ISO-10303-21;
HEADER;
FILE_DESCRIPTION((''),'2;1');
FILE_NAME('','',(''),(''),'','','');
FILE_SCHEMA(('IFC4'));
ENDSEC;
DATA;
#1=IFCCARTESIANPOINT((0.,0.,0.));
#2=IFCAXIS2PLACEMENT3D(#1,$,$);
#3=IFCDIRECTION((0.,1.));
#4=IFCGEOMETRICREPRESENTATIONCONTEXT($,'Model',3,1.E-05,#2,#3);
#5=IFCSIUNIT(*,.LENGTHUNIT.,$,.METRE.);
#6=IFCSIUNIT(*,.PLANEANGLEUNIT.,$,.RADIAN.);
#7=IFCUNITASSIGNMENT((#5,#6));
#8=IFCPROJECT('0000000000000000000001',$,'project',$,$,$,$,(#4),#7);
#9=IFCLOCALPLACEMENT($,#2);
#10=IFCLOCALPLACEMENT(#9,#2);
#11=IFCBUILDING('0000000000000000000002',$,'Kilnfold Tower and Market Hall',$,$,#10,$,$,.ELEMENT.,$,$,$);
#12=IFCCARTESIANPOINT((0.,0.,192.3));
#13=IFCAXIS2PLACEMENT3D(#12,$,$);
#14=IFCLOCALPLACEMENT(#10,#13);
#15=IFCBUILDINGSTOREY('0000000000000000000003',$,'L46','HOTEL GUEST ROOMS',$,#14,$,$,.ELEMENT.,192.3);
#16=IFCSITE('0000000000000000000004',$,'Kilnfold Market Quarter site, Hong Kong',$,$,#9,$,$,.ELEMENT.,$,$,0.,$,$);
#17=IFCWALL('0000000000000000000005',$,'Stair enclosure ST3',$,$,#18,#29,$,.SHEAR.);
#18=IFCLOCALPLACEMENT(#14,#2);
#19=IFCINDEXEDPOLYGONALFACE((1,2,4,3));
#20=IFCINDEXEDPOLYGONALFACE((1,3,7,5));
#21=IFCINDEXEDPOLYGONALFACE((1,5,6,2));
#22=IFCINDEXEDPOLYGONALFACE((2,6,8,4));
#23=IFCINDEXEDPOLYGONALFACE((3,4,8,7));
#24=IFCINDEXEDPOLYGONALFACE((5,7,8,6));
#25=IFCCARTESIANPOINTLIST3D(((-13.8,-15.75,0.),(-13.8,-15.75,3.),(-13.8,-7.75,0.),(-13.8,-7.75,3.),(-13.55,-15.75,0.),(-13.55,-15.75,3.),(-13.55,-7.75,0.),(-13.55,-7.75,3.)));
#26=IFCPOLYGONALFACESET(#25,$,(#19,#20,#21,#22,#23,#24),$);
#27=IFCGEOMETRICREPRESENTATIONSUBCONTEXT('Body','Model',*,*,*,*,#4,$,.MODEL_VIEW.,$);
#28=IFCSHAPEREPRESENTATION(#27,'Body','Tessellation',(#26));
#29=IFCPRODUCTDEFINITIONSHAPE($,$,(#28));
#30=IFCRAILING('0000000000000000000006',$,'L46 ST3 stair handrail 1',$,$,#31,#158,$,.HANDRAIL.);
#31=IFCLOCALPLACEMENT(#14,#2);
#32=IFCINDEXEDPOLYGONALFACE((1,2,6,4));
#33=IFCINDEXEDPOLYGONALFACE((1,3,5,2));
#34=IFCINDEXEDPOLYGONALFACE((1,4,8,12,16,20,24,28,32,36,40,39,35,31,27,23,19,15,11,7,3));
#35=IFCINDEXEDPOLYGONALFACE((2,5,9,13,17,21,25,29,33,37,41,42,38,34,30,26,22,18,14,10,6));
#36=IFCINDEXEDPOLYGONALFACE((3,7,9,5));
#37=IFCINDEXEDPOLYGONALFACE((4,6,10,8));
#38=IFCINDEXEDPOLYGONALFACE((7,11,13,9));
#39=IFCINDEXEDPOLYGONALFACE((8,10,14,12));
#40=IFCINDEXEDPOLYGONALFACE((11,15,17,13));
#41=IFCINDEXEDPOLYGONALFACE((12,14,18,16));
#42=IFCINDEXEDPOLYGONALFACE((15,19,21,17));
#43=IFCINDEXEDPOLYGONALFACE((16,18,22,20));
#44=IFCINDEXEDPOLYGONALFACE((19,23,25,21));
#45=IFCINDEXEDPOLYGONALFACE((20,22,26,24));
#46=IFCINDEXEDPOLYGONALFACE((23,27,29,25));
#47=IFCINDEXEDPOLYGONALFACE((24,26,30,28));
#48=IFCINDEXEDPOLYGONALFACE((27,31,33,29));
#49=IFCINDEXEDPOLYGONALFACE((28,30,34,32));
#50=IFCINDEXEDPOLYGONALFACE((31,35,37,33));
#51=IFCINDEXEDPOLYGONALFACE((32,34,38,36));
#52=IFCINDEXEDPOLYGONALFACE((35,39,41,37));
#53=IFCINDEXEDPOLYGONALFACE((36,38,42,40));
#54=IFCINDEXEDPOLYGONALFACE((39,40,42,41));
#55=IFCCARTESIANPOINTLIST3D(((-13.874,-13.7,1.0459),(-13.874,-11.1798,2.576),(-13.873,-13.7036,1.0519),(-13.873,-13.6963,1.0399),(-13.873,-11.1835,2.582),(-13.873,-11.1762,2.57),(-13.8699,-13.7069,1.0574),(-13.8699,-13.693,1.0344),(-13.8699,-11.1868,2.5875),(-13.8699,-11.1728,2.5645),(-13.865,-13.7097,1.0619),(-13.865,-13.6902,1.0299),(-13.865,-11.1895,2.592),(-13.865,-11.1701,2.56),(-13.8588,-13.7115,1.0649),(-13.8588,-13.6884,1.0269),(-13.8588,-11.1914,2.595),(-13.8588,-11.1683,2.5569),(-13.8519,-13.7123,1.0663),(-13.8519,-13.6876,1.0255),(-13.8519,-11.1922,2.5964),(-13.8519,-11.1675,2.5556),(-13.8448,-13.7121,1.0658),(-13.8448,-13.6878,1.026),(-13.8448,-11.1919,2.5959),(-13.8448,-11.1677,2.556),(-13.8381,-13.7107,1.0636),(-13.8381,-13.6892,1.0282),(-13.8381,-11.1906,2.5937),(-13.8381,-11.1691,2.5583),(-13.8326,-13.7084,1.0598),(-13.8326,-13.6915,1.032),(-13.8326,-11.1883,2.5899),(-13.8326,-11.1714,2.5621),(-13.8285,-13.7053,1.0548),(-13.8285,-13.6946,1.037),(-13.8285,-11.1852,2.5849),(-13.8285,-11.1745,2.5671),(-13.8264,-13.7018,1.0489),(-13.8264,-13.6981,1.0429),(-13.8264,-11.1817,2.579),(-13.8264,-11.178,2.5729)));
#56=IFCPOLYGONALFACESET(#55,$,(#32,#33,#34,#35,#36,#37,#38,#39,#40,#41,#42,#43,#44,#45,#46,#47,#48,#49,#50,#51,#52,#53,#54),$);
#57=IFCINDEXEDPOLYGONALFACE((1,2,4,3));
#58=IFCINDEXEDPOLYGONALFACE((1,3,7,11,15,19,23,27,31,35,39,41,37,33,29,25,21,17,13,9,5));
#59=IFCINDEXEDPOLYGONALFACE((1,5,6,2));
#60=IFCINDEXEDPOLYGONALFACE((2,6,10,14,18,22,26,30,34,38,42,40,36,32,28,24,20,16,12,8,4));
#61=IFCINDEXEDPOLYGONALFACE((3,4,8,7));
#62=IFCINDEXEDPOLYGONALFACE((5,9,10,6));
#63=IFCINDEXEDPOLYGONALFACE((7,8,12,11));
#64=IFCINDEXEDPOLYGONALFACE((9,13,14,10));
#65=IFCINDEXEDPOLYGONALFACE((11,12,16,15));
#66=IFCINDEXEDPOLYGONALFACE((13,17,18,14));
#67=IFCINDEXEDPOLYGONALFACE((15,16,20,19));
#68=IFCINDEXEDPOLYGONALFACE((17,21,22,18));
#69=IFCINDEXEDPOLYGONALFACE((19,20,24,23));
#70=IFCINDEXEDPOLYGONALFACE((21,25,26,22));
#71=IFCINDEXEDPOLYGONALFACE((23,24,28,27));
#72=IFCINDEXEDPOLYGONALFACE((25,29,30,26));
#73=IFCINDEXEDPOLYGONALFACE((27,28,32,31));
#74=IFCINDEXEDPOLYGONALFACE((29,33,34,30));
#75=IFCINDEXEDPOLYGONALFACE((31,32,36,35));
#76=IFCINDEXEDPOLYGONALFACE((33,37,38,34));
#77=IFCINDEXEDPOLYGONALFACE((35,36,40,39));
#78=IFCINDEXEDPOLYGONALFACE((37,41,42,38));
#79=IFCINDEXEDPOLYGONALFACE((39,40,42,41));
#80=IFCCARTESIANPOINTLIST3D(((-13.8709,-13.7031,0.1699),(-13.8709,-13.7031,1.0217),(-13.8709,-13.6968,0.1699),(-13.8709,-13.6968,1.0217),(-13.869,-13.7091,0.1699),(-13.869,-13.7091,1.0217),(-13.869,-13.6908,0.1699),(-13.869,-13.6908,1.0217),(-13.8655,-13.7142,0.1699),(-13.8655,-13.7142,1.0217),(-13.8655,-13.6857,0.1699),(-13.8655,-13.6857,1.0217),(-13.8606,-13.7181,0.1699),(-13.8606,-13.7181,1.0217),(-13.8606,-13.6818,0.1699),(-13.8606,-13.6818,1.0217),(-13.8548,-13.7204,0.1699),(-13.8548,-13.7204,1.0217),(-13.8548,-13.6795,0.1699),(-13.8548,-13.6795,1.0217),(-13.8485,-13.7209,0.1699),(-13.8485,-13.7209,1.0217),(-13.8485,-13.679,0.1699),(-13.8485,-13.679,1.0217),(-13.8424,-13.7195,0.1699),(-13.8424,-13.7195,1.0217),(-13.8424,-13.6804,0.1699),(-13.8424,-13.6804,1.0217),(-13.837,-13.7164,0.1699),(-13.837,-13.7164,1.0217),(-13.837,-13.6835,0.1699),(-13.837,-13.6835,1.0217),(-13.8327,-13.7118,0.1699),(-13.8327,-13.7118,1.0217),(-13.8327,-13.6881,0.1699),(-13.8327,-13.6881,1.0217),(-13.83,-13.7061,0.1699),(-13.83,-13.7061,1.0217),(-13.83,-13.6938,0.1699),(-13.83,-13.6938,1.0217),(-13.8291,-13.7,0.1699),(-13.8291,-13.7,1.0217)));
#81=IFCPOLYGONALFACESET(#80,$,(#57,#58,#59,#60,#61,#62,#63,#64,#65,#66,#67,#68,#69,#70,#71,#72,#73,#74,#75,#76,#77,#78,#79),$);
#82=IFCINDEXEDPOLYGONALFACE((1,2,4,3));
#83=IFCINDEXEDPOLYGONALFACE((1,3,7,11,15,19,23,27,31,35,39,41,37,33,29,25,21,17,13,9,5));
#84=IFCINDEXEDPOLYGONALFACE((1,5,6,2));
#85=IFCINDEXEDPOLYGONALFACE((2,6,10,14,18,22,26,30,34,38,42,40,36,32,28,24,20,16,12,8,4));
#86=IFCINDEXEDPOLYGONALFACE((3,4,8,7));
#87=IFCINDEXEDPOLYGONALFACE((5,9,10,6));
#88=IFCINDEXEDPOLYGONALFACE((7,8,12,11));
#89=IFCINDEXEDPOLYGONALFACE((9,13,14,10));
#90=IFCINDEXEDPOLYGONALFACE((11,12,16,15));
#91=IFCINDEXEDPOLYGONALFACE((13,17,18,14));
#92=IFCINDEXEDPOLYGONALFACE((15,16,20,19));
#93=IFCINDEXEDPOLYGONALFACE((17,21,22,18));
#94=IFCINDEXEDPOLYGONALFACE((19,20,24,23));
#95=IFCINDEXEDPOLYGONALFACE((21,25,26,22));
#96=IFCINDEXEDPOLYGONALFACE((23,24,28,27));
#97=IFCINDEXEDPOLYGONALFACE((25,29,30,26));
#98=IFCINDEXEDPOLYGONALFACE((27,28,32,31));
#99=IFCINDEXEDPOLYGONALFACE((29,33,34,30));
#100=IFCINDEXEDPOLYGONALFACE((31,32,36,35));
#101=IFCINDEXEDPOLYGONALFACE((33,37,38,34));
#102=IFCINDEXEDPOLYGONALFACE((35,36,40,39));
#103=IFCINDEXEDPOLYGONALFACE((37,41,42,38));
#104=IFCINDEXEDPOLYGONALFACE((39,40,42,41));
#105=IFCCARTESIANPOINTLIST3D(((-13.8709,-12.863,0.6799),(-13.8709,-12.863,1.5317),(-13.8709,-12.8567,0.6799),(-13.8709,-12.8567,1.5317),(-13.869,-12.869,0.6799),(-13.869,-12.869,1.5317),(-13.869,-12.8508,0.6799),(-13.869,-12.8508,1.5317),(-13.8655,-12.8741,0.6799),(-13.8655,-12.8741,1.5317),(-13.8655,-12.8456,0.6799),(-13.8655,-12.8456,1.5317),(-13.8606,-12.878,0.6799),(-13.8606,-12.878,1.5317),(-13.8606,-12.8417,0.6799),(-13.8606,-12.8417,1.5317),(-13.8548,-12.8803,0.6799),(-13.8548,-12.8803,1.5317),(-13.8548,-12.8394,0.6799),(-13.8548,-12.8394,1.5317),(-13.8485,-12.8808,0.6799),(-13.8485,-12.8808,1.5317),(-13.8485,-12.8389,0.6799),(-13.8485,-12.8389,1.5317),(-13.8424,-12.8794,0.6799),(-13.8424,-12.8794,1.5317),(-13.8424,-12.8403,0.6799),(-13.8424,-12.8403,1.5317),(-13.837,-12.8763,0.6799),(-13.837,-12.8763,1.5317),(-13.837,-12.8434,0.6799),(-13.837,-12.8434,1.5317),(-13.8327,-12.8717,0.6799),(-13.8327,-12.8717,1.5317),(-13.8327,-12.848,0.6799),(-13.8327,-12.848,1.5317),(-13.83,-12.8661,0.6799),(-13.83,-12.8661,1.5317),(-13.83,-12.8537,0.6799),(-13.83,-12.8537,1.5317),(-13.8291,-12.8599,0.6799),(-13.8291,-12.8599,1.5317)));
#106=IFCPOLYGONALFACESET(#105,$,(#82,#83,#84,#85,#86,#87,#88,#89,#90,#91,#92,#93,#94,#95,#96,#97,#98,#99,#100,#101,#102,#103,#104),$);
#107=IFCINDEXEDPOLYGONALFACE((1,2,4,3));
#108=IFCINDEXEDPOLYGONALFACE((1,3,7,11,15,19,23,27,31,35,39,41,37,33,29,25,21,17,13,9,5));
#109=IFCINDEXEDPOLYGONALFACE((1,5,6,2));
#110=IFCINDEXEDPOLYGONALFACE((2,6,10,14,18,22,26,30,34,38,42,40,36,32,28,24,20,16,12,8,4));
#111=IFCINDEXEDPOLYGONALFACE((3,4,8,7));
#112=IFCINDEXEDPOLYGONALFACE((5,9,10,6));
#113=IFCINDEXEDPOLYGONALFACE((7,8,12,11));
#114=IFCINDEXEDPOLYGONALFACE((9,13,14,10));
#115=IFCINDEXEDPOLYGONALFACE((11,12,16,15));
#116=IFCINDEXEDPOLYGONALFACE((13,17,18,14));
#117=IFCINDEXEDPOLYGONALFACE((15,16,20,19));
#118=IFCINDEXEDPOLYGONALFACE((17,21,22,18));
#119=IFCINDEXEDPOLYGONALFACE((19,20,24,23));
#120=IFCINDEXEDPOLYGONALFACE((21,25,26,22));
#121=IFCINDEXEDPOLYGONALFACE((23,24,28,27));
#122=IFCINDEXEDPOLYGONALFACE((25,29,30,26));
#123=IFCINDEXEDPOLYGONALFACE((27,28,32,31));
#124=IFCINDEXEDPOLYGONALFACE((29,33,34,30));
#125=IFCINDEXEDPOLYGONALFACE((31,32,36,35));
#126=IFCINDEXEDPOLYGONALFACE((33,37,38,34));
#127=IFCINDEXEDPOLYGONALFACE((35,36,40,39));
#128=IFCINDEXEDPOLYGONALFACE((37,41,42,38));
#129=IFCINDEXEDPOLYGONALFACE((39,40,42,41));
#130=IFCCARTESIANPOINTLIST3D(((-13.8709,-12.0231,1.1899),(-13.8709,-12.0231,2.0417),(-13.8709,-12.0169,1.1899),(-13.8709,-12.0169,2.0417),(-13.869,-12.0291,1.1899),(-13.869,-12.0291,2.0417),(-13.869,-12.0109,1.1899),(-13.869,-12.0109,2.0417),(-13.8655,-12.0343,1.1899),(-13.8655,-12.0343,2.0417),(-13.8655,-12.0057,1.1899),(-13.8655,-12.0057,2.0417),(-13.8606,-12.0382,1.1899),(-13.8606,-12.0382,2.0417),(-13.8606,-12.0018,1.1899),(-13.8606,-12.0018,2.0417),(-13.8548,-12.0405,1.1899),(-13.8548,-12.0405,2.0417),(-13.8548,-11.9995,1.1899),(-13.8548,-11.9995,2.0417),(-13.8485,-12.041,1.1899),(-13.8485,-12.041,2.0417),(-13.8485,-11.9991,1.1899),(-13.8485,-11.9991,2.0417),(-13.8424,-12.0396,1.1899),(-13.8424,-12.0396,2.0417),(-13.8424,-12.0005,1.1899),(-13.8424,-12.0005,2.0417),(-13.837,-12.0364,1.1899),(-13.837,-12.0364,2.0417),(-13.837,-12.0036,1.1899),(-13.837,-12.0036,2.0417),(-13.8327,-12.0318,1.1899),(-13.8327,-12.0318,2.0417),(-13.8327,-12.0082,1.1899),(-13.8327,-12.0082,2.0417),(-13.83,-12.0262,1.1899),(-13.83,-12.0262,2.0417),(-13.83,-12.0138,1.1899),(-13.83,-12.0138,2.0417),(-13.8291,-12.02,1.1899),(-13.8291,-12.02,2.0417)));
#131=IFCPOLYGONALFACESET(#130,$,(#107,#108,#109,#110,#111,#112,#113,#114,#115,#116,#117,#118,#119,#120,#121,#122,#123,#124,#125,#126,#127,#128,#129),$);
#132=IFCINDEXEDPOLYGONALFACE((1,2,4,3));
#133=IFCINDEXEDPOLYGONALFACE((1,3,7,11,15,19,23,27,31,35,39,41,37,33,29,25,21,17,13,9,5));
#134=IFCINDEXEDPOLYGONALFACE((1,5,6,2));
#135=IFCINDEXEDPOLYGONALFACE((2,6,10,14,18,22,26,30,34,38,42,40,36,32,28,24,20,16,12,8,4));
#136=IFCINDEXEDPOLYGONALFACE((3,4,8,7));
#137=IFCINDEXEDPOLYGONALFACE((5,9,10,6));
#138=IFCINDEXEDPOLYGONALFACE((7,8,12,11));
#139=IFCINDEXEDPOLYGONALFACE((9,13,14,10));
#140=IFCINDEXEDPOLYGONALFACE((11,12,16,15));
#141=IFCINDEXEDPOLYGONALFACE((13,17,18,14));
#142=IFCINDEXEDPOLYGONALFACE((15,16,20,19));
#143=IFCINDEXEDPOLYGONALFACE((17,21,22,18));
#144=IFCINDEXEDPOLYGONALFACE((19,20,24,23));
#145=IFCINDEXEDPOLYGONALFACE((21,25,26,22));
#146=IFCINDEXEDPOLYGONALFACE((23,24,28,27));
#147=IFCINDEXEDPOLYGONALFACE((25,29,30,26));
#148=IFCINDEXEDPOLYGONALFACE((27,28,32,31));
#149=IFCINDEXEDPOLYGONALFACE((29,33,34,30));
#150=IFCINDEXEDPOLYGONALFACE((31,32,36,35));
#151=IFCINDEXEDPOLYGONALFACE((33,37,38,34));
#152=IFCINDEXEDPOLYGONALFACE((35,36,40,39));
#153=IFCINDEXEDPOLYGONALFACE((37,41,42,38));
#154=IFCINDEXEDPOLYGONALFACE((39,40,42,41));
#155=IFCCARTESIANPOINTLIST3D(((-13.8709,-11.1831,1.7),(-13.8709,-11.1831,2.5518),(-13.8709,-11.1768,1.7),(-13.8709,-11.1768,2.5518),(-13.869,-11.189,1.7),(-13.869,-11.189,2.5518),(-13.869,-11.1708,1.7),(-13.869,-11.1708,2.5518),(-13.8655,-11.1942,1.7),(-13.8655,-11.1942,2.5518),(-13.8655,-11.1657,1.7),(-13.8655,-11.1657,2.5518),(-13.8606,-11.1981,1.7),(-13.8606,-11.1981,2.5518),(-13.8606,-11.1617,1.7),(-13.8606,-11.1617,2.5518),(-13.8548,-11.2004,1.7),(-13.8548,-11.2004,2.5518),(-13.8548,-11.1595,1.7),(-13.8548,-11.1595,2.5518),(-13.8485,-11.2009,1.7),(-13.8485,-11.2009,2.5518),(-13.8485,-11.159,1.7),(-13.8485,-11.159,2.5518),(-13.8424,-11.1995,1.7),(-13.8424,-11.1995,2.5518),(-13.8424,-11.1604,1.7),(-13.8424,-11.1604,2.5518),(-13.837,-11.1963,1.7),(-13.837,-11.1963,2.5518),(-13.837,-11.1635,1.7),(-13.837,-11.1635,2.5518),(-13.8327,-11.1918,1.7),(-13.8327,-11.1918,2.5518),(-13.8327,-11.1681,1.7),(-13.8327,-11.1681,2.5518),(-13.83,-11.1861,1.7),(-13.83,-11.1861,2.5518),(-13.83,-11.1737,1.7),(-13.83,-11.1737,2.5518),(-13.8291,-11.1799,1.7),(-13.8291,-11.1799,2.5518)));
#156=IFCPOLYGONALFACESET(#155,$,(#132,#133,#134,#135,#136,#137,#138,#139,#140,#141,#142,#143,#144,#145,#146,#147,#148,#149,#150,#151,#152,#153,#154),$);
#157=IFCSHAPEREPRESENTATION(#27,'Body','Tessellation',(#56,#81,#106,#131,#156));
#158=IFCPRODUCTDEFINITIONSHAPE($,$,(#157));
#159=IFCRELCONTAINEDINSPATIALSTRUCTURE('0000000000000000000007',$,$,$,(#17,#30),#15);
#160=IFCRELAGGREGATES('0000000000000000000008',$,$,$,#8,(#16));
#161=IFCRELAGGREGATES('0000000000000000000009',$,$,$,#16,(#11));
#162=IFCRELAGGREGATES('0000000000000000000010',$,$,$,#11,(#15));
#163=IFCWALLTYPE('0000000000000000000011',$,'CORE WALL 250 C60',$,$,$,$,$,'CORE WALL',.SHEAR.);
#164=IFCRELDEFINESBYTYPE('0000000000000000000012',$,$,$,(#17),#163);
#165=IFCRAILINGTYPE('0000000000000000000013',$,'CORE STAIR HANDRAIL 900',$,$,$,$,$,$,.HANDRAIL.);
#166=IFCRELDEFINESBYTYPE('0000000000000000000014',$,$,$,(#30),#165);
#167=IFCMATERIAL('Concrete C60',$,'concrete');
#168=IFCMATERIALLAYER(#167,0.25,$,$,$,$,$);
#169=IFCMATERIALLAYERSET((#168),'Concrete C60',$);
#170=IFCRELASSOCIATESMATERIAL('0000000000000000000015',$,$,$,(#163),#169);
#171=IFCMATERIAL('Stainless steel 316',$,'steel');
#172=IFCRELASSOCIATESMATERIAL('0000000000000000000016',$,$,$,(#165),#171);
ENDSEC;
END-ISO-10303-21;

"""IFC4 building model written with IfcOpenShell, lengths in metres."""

from ifc_helpers import new_model, si_unit, direction, frame, frame_2d, origin, origin_2d, place, context, subcontext, project, spatial, rectangle, circle, extrude, source, transform, mapped, material, layer, layer_set, type_object, element, save


model = new_model("IFC4")

# Units and contexts
model_context = context("Model", 3, precision=1e-05, world=origin(), true_north=direction((0.0, 1.0)))
body_context = subcontext(model_context, "Body", "Model", "MODEL_VIEW")
ifc_project = project(units=[si_unit("LENGTHUNIT", "METRE"), si_unit("PLANEANGLEUNIT", "RADIAN")], contexts=[model_context])

# Site, building, storey
site_placement = place(None, origin())
site = spatial("IfcSite", under=ifc_project, at=site_placement, Name="Kilnfold Market Quarter site, Hong Kong", CompositionType="ELEMENT", RefElevation=0.0)
building_placement = place(site_placement, origin())
building = spatial("IfcBuilding", under=site, at=building_placement, Name="Kilnfold Tower and Market Hall", CompositionType="ELEMENT")
storey_placement = place(building_placement, frame((0.0, 0.0, 192.3)))
storey = spatial("IfcBuildingStorey", under=building, at=storey_placement, Name="L46", Description="HOTEL GUEST ROOMS", CompositionType="ELEMENT", Elevation=192.3)

# Wall
ifc_material_1 = material(Name="Concrete C60", Category="concrete")
ifc_layer_1 = layer(ifc_material_1, 0.25)
ifc_layer_set_1 = layer_set([ifc_layer_1], Name="Concrete C60")
wall_type_1 = type_object("IfcWallType", Name="CORE WALL 250 C60", ElementType="CORE WALL", PredefinedType="SHEAR", material=ifc_layer_set_1)
shared_shape_1 = source(origin(), body_context, "Body", "SweptSolid", [
    extrude(rectangle(XDim=8.0, YDim=0.25, at=frame_2d((4.0, 0.0))), origin(), (0.0, 0.0, 1.0), 3.0),
])
wall_1_placement = place(storey_placement, frame((-13.675, -15.75, 0.0), z_axis=(0.0, 0.0, 1.0), x_axis=(0.0, 1.0, 0.0)))
element("IfcWall", 1, at=wall_1_placement, inside=storey, type_object=wall_type_1, Name="Stair enclosure ST3", PredefinedType="SHEAR", context=body_context, shape_type="MappedRepresentation", body=[
    mapped(shared_shape_1, transform((0.0, 0.0, 0.0))),
])

# Railing
ifc_material_2 = material(Name="Stainless steel 316", Category="steel")
railing_type_1 = type_object("IfcRailingType", Name="CORE STAIR HANDRAIL 900", PredefinedType="HANDRAIL", material=ifc_material_2)
railing_1_placement = place(storey_placement, frame((-13.8501, -13.7, 0.1699)))
element("IfcRailing", 2, at=railing_1_placement, inside=storey, type_object=railing_type_1, Name="L46 ST3 stair handrail 1", PredefinedType="HANDRAIL", context=body_context, shape_type="SweptSolid", body=[
    extrude(circle(Radius=0.0239, at=origin_2d()), frame((0.0, 0.0, 0.876), z_axis=(0.0, 0.854785, 0.518982), x_axis=(-1.0, 0.0, 0.0)), (0.0, 0.0, 1.0), 2.9482),
    extrude(circle(Radius=0.021, at=origin_2d()), origin(), (0.0, 0.0, 1.0), 0.8518),
    extrude(circle(Radius=0.021, at=origin_2d()), frame((0.0, 0.8401, 0.51)), (0.0, 0.0, 1.0), 0.8518),
    extrude(circle(Radius=0.021, at=origin_2d()), frame((0.0, 1.6799, 1.02)), (0.0, 0.0, 1.0), 0.8518),
    extrude(circle(Radius=0.021, at=origin_2d()), frame((0.0, 2.52, 1.53)), (0.0, 0.0, 1.0), 0.8518),
])

save(model, "model.ifc")
